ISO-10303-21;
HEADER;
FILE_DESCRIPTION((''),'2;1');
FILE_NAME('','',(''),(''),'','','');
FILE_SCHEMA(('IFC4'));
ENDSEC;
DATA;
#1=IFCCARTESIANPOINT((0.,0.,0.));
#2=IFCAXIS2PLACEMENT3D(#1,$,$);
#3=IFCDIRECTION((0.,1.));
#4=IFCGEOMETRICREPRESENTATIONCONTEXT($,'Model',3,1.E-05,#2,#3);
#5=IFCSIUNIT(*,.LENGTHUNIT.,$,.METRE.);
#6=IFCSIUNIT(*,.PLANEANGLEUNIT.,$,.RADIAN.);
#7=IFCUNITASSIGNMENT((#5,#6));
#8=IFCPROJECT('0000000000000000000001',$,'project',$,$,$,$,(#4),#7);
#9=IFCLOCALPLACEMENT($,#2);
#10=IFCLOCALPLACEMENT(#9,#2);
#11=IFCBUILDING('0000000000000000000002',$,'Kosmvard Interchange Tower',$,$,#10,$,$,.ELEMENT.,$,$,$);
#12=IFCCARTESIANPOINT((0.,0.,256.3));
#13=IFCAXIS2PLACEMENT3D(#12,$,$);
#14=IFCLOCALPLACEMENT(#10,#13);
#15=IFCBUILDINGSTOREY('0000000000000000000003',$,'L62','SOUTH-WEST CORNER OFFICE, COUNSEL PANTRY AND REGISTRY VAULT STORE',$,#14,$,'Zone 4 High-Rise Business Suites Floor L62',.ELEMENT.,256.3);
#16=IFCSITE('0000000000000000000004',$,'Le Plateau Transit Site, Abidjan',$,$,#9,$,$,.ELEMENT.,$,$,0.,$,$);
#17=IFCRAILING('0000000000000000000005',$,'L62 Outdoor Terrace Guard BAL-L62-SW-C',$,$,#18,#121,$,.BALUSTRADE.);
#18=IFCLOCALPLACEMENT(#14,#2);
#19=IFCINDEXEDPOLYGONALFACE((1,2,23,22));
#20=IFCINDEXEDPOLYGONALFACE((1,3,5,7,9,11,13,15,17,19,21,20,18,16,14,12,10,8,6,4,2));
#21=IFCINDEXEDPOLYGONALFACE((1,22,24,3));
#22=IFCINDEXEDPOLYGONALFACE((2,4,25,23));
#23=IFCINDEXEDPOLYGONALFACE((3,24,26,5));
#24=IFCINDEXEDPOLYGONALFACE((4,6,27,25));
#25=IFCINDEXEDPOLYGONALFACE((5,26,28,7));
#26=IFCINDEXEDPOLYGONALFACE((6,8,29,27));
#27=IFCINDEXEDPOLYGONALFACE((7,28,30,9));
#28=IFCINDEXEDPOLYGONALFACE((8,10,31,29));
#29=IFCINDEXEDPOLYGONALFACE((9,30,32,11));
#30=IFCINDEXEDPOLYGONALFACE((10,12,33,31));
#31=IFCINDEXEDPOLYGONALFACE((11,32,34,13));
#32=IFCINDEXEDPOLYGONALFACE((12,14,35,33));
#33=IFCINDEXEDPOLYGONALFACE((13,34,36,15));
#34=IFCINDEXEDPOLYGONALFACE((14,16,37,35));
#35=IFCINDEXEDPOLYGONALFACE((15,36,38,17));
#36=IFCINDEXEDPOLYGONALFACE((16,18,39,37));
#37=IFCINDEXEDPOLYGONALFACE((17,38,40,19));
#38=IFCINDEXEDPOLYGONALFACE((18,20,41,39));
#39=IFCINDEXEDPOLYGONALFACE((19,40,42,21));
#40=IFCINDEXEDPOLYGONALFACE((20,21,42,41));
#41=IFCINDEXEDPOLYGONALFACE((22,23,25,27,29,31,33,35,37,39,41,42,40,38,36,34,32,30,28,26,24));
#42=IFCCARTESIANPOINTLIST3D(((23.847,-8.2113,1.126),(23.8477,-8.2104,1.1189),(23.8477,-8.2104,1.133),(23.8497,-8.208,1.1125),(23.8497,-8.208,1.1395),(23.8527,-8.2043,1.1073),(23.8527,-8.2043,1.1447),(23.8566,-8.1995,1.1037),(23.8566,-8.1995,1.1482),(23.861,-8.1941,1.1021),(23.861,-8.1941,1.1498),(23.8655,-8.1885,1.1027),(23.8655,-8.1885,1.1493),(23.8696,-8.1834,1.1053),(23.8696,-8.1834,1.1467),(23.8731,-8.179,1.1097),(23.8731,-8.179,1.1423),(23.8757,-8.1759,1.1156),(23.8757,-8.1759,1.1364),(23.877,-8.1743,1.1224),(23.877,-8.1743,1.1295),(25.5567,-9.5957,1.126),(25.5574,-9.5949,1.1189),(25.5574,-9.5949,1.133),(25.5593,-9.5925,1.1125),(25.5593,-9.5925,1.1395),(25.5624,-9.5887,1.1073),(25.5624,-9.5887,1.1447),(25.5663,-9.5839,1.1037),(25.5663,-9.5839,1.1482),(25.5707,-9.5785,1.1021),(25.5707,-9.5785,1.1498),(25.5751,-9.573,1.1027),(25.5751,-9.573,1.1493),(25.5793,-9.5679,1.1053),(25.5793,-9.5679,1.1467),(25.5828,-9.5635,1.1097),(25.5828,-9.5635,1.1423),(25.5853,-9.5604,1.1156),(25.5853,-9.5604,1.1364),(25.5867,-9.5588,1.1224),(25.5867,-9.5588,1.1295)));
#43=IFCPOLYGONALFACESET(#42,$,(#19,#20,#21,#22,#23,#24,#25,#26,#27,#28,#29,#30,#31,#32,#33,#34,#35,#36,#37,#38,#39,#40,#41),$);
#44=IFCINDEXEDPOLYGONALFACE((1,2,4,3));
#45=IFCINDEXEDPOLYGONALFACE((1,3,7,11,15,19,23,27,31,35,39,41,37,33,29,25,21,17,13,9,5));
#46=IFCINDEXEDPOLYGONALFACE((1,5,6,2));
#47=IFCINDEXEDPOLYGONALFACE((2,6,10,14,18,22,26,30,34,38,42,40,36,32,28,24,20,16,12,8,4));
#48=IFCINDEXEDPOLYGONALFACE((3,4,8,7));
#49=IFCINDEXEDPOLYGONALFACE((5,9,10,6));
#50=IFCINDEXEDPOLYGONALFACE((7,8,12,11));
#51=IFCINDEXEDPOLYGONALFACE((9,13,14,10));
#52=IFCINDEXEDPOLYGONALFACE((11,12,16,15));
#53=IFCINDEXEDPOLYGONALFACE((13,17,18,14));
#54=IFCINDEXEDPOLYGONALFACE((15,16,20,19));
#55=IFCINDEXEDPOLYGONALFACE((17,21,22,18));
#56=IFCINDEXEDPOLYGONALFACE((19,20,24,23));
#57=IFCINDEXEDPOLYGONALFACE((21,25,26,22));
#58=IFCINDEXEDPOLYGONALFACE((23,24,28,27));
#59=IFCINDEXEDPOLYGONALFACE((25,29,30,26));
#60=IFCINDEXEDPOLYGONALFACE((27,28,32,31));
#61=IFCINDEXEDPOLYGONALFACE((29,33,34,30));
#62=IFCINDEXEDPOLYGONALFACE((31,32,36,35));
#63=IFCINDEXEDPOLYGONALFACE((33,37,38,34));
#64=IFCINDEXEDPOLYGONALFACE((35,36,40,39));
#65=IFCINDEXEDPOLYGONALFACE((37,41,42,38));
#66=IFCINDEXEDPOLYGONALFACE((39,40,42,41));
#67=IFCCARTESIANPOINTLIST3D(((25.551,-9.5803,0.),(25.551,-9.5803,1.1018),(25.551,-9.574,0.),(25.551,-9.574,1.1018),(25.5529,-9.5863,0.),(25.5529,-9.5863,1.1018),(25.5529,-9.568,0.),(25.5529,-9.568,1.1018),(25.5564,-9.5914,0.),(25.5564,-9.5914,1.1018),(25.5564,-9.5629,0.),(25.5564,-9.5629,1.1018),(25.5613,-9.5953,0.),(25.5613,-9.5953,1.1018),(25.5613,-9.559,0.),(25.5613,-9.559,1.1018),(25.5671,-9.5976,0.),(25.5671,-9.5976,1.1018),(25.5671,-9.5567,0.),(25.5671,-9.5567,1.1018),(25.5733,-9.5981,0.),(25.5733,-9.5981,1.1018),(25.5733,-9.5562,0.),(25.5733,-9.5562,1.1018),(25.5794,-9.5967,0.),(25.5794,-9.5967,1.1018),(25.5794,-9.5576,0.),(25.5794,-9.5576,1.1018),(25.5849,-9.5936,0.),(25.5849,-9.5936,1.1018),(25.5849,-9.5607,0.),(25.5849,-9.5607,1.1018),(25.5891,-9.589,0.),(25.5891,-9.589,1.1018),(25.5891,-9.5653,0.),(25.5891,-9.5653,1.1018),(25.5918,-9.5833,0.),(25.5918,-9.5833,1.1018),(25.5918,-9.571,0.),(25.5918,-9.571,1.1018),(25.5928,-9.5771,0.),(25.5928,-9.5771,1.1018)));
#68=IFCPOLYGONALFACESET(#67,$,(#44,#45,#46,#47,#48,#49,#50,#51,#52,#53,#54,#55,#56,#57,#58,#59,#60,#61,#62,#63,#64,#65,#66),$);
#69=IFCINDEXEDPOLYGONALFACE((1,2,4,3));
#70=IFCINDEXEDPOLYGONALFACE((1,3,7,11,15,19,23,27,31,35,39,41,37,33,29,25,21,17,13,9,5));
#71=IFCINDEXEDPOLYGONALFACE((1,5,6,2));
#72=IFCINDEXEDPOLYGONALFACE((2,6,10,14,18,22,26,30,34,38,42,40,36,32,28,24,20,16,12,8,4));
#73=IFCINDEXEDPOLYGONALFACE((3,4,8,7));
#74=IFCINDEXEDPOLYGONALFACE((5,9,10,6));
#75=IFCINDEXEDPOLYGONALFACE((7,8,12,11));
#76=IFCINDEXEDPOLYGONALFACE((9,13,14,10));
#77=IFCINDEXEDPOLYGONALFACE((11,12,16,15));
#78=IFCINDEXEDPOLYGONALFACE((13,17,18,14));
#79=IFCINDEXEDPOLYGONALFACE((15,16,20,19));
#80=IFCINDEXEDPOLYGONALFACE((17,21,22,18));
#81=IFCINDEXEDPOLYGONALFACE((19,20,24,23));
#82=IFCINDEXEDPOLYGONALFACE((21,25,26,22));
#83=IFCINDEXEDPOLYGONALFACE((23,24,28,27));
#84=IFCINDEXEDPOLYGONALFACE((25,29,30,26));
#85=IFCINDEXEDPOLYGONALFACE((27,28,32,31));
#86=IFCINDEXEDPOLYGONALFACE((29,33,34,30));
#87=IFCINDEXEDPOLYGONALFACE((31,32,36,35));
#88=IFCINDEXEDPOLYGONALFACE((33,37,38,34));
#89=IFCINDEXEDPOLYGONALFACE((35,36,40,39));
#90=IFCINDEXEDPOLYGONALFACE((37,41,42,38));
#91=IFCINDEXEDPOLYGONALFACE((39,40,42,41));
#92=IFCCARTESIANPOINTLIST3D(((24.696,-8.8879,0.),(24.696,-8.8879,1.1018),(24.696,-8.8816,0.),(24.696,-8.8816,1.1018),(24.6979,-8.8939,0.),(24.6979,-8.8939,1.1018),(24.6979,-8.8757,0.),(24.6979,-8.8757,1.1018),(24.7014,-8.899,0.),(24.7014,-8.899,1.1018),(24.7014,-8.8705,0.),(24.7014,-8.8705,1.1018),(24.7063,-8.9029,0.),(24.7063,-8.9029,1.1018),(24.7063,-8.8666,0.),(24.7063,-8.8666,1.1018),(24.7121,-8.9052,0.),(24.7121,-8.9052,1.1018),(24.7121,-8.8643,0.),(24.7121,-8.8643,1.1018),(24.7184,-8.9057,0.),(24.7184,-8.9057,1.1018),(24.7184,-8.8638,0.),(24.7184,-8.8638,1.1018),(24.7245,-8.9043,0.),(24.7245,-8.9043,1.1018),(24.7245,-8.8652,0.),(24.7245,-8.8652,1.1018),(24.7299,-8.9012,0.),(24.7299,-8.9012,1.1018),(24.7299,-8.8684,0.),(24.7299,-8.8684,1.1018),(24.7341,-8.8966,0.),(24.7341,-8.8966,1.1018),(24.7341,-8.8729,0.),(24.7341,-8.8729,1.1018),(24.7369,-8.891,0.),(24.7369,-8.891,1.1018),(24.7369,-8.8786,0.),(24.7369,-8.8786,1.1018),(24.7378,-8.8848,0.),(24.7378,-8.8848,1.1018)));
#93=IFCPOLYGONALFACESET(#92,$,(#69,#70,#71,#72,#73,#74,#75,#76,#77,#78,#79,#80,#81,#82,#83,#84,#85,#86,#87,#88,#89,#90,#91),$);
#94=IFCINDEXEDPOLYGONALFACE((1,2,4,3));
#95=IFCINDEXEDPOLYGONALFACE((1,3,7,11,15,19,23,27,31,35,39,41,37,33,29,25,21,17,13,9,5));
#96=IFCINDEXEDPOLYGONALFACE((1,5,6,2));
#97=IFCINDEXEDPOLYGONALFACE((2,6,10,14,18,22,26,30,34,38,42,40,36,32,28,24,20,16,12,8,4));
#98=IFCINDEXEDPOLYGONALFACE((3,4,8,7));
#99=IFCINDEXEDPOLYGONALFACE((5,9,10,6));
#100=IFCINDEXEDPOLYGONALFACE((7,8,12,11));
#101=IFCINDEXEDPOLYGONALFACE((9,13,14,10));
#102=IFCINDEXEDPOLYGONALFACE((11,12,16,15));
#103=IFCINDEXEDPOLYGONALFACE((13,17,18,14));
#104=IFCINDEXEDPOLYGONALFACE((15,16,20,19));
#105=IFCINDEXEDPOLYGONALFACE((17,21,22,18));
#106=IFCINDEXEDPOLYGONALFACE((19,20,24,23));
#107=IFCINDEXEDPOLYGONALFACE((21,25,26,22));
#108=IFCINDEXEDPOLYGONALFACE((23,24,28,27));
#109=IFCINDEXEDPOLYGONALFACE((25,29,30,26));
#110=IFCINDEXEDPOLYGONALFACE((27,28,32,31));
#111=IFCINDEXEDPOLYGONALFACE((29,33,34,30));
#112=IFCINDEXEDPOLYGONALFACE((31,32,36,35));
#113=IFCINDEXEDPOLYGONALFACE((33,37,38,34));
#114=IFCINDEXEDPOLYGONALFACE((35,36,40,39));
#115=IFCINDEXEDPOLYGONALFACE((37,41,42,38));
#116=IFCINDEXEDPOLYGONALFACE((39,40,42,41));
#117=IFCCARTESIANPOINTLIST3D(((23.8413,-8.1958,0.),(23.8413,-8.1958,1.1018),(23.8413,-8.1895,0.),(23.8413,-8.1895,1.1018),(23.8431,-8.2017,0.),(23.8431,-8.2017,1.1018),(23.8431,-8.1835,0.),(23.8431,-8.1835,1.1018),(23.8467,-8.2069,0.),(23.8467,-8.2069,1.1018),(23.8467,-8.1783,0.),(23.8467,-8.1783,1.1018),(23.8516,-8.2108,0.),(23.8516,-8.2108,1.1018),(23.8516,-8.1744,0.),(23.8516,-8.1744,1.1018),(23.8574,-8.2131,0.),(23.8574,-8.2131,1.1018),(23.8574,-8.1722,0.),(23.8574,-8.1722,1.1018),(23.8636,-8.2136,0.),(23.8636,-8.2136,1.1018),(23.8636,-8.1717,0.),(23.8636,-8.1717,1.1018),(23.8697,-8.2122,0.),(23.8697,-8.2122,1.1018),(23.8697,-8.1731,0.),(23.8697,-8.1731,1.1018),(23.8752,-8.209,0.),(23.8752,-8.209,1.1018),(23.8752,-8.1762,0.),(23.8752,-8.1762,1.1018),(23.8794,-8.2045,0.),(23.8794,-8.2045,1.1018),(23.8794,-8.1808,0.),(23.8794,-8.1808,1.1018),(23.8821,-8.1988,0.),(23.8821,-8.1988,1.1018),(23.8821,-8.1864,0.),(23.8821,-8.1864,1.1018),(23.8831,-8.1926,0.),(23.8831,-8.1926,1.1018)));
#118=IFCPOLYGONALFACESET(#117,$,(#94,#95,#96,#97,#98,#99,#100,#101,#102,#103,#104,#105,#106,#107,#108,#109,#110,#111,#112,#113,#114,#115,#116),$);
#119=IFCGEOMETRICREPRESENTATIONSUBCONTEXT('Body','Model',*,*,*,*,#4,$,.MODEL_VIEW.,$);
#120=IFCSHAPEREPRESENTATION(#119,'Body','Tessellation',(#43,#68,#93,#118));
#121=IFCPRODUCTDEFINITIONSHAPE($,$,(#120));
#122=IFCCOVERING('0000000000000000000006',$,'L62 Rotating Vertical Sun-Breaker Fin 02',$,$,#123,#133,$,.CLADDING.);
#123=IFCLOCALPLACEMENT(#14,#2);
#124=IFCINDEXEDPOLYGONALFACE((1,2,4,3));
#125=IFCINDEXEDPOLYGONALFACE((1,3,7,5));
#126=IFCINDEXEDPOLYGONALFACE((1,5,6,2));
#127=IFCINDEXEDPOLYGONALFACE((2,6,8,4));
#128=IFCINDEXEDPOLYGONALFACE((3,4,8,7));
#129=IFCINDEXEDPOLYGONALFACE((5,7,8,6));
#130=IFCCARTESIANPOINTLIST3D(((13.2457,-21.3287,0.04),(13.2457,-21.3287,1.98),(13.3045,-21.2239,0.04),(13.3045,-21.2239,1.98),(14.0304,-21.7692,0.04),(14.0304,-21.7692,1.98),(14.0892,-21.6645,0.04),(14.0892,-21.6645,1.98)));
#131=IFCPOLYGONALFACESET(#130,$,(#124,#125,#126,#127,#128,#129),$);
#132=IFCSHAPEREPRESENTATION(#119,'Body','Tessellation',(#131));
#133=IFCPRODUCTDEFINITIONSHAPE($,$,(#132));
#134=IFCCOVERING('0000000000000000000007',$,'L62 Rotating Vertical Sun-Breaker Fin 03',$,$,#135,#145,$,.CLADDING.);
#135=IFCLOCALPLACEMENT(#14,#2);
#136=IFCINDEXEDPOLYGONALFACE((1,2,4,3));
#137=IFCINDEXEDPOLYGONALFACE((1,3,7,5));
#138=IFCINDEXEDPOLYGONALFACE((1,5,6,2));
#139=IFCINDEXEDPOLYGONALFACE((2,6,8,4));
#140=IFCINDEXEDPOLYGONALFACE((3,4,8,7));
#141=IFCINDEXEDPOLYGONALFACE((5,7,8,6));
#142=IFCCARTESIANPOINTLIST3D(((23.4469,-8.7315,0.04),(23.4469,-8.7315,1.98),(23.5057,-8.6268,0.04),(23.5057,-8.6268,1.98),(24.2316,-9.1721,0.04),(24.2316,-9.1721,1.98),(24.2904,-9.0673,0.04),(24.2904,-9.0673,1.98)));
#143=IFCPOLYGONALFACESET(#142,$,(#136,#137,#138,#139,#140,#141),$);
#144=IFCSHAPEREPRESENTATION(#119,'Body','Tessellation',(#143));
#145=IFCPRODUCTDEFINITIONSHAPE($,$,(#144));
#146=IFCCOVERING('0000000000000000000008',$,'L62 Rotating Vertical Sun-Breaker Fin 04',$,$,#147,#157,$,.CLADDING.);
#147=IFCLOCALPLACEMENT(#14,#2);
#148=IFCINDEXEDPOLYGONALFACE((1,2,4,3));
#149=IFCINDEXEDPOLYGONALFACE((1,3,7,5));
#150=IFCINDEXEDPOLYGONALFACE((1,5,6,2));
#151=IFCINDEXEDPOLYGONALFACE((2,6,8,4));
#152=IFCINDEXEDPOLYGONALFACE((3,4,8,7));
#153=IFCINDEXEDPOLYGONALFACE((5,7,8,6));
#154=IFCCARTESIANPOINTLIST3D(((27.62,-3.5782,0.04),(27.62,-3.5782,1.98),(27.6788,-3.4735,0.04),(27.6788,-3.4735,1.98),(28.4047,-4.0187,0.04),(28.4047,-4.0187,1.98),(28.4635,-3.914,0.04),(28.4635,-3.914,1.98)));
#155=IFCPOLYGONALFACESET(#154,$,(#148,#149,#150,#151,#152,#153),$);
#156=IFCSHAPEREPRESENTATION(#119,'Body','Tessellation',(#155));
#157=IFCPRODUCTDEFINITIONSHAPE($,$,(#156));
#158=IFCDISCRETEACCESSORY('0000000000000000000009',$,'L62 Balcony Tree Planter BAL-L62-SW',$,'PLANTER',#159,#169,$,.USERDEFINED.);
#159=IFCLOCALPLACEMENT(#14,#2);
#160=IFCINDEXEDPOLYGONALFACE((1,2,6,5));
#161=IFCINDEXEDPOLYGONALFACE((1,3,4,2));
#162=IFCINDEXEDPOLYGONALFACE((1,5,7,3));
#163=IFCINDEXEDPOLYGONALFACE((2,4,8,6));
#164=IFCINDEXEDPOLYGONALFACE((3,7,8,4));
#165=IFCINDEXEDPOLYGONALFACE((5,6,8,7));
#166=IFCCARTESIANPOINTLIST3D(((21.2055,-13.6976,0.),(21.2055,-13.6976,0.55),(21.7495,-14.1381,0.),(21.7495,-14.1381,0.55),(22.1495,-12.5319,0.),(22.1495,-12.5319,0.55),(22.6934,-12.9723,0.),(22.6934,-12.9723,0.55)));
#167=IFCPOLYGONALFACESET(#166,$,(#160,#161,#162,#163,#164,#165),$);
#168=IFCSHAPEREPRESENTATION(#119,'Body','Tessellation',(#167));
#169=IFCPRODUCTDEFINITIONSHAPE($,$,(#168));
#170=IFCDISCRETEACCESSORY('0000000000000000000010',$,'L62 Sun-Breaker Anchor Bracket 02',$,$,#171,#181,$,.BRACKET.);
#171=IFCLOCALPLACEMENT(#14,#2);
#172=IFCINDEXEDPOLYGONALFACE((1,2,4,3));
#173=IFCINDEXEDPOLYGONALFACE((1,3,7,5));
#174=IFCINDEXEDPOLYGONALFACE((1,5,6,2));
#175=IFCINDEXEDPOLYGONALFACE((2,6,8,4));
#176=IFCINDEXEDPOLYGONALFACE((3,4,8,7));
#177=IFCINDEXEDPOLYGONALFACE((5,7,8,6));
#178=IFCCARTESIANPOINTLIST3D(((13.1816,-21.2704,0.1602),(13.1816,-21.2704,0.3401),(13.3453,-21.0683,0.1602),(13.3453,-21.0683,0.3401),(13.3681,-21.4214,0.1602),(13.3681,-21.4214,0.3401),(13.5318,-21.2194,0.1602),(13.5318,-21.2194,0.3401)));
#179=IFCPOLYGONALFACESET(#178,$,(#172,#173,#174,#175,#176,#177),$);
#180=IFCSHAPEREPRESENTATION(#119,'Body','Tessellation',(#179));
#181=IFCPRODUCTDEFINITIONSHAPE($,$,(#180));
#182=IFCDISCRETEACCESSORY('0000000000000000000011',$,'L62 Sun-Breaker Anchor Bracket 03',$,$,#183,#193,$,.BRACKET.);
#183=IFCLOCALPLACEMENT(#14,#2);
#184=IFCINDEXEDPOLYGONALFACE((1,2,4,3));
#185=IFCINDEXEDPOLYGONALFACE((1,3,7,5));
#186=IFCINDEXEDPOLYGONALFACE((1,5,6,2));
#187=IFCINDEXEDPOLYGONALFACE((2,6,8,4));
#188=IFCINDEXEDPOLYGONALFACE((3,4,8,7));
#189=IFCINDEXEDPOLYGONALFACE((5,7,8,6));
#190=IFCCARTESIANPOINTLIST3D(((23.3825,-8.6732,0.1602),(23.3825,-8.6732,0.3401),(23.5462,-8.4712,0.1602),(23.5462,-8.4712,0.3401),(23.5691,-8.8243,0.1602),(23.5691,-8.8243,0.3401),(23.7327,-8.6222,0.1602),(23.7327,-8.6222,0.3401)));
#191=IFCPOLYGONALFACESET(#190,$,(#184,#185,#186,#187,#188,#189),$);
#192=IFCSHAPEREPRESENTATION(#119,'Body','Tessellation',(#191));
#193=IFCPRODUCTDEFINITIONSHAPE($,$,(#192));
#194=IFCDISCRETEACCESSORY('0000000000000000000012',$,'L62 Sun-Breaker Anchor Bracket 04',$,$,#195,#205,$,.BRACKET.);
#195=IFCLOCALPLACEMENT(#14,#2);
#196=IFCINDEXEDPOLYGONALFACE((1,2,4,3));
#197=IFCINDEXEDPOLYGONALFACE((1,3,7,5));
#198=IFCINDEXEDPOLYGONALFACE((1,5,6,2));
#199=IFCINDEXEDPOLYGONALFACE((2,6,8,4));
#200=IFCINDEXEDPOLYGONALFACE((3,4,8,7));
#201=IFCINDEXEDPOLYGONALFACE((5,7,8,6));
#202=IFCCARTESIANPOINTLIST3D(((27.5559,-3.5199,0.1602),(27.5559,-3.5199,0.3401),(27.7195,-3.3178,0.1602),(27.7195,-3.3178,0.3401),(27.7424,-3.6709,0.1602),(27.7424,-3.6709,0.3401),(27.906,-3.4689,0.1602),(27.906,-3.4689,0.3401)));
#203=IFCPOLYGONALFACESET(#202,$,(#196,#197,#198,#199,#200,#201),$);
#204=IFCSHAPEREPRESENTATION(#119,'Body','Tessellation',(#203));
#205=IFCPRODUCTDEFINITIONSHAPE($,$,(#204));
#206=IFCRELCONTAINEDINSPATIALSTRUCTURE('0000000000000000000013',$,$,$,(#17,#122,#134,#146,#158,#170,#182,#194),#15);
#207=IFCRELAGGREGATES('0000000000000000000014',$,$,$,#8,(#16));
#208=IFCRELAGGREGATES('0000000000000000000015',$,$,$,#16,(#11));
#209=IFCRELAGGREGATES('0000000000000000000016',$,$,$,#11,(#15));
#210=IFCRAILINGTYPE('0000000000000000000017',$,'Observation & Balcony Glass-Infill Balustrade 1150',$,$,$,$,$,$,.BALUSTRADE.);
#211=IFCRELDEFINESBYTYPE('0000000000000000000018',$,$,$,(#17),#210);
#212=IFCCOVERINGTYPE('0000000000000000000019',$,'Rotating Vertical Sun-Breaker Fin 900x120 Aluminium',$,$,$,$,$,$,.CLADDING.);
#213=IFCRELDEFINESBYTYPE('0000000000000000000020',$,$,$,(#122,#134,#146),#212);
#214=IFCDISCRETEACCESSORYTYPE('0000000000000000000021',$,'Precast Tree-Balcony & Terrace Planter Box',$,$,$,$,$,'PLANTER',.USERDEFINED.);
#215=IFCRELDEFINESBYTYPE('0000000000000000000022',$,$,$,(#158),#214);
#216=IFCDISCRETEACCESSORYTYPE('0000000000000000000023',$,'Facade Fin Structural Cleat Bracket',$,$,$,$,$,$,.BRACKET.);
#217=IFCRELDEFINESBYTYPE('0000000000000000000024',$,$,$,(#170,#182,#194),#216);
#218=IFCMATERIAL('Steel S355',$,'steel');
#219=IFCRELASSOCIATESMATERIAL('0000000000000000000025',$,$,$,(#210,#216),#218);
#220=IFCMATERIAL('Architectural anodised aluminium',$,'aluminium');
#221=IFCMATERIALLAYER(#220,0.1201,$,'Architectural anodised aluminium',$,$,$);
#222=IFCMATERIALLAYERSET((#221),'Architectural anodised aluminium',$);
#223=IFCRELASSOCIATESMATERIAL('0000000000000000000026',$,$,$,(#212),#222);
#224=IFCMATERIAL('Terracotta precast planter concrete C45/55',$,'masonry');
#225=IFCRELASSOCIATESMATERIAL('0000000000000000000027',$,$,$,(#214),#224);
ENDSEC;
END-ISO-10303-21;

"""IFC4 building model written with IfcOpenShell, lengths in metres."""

from ifc_helpers import new_model, si_unit, direction, frame, origin, origin_2d, place, context, subcontext, project, spatial, rectangle, circle, extrude, source, transform, mapped, material, layer, layer_set, type_object, element, save


model = new_model("IFC4")

# Units and contexts
model_context = context("Model", 3, precision=1e-05, world=origin(), true_north=direction((0.0, 1.0)))
body_context = subcontext(model_context, "Body", "Model", "MODEL_VIEW")
ifc_project = project(units=[si_unit("LENGTHUNIT", "METRE"), si_unit("PLANEANGLEUNIT", "RADIAN")], contexts=[model_context])

# Site, building, storey
site_placement = place(None, origin())
site = spatial("IfcSite", under=ifc_project, at=site_placement, Name="Le Plateau Transit Site, Abidjan", CompositionType="ELEMENT", RefElevation=0.0)
building_placement = place(site_placement, origin())
building = spatial("IfcBuilding", under=site, at=building_placement, Name="Kosmvard Interchange Tower", CompositionType="ELEMENT")
storey_placement = place(building_placement, frame((0.0, 0.0, 256.3)))
storey = spatial("IfcBuildingStorey", under=building, at=storey_placement, Name="L62", Description="SOUTH-WEST CORNER OFFICE, COUNSEL PANTRY AND REGISTRY VAULT STORE", LongName="Zone 4 High-Rise Business Suites Floor L62", CompositionType="ELEMENT", Elevation=256.3)

# Shared definitions
ifc_material_1 = material(Name="Steel S355", Category="steel")

# Railing
railing_type = type_object("IfcRailingType", Name="Observation & Balcony Glass-Infill Balustrade 1150", PredefinedType="BALUSTRADE", material=ifc_material_1)
shared_shape_1 = source(origin(), body_context, "Body", "SweptSolid", [
    extrude(circle(Radius=0.0239, at=origin_2d()), frame((0.0, 0.0, 1.126), z_axis=(-0.777141, 0.629326, 0.0), x_axis=(-0.629326, -0.777141, 0.0)), (0.0, 0.0, 1.0), 2.2),
    extrude(circle(Radius=0.021, at=origin_2d()), origin(), (0.0, 0.0, 1.0), 1.1018),
    extrude(circle(Radius=0.021, at=origin_2d()), frame((-0.855, 0.6924, 0.0)), (0.0, 0.0, 1.0), 1.1018),
    extrude(circle(Radius=0.021, at=origin_2d()), frame((-1.7097, 1.3845, 0.0)), (0.0, 0.0, 1.0), 1.1018),
])
railing_1_placement = place(storey_placement, frame((25.5718, -9.5771, 0.0)))
element("IfcRailing", 1, at=railing_1_placement, inside=storey, type_object=railing_type, Name="L62 Outdoor Terrace Guard BAL-L62-SW-C", PredefinedType="BALUSTRADE", context=body_context, shape_type="MappedRepresentation", body=[
    mapped(shared_shape_1, transform((0.0, 0.0, 0.0), scale=1.0)),
])

# Coverings
ifc_material_2 = material(Name="Architectural anodised aluminium", Category="aluminium")
ifc_layer_1 = layer(ifc_material_2, 0.1201, Name="Architectural anodised aluminium")
ifc_layer_set_1 = layer_set([ifc_layer_1], Name="Architectural anodised aluminium")
covering_type = type_object("IfcCoveringType", Name="Rotating Vertical Sun-Breaker Fin 900x120 Aluminium", PredefinedType="CLADDING", material=ifc_layer_set_1)
shared_shape_2 = source(origin(), body_context, "Body", "SweptSolid", [
    extrude(rectangle(XDim=0.8999, YDim=0.1201, at=origin_2d()), origin(), (0.0, 0.0, 1.0), 1.9399),
])
for number, where, z_axis, x_axis, name in (
    (2, (13.6675, -21.4966, 0.04), (0.0, 0.0, 1.0), (0.871984, -0.489535, 0.0), "L62 Rotating Vertical Sun-Breaker Fin 02"),
    (3, (23.8687, -8.8994, 0.04), (0.0, 0.0, 1.0), (0.871984, -0.489535, 0.0), "L62 Rotating Vertical Sun-Breaker Fin 03"),
    (4, (28.0417, -3.7461, 0.04), (0.0, 0.0, 1.0), (0.871984, -0.489535, 0.0), "L62 Rotating Vertical Sun-Breaker Fin 04"),
):
    element("IfcCovering", number, at=place(storey_placement, frame(where, z_axis=z_axis, x_axis=x_axis)), inside=storey, type_object=covering_type, Name=name, PredefinedType="CLADDING", context=body_context, shape_type="MappedRepresentation", body=[
        mapped(shared_shape_2, transform((0.0, 0.0, 0.0), scale=1.0)),
    ])

# Discrete accessories
ifc_material_3 = material(Name="Terracotta precast planter concrete C45/55", Category="masonry")
discrete_accessory_type_1 = type_object("IfcDiscreteAccessoryType", Name="Precast Tree-Balcony & Terrace Planter Box", ElementType="PLANTER", PredefinedType="USERDEFINED", material=ifc_material_3)
shared_shape_3 = source(origin(), body_context, "Body", "SweptSolid", [
    extrude(rectangle(XDim=1.5, YDim=0.7, at=origin_2d()), origin(), (0.0, 0.0, 1.0), 0.55),
])
discrete_accessory_placement = place(storey_placement, frame((21.9495, -13.335, 0.0), z_axis=(0.0, 0.0, 1.0), x_axis=(0.62932, 0.777146, 0.0)))
element("IfcDiscreteAccessory", 5, at=discrete_accessory_placement, inside=storey, type_object=discrete_accessory_type_1, Name="L62 Balcony Tree Planter BAL-L62-SW", ObjectType="PLANTER", PredefinedType="USERDEFINED", context=body_context, shape_type="MappedRepresentation", body=[
    mapped(shared_shape_3, transform((0.0, 0.0, 0.0), scale=1.0)),
])
discrete_accessory_type_2 = type_object("IfcDiscreteAccessoryType", Name="Facade Fin Structural Cleat Bracket", PredefinedType="BRACKET", material=ifc_material_1)
shared_shape_4 = source(origin(), body_context, "Body", "SweptSolid", [
    extrude(rectangle(XDim=0.24, YDim=0.26, at=origin_2d()), origin(), (0.0, 0.0, 1.0), 0.1799),
])
for number, where, z_axis, x_axis, name in (
    (6, (13.3567, -21.2449, 0.1602), (0.0, 0.0, 1.0), (0.777146, -0.62932, 0.0), "L62 Sun-Breaker Anchor Bracket 02"),
    (7, (23.5576, -8.6477, 0.1602), (0.0, 0.0, 1.0), (0.777146, -0.62932, 0.0), "L62 Sun-Breaker Anchor Bracket 03"),
    (8, (27.731, -3.4944, 0.1602), (0.0, 0.0, 1.0), (0.777146, -0.62932, 0.0), "L62 Sun-Breaker Anchor Bracket 04"),
):
    element("IfcDiscreteAccessory", number, at=place(storey_placement, frame(where, z_axis=z_axis, x_axis=x_axis)), inside=storey, type_object=discrete_accessory_type_2, Name=name, PredefinedType="BRACKET", context=body_context, shape_type="MappedRepresentation", body=[
        mapped(shared_shape_4, transform((0.0, 0.0, 0.0), scale=1.0)),
    ])

save(model, "model.ifc")
